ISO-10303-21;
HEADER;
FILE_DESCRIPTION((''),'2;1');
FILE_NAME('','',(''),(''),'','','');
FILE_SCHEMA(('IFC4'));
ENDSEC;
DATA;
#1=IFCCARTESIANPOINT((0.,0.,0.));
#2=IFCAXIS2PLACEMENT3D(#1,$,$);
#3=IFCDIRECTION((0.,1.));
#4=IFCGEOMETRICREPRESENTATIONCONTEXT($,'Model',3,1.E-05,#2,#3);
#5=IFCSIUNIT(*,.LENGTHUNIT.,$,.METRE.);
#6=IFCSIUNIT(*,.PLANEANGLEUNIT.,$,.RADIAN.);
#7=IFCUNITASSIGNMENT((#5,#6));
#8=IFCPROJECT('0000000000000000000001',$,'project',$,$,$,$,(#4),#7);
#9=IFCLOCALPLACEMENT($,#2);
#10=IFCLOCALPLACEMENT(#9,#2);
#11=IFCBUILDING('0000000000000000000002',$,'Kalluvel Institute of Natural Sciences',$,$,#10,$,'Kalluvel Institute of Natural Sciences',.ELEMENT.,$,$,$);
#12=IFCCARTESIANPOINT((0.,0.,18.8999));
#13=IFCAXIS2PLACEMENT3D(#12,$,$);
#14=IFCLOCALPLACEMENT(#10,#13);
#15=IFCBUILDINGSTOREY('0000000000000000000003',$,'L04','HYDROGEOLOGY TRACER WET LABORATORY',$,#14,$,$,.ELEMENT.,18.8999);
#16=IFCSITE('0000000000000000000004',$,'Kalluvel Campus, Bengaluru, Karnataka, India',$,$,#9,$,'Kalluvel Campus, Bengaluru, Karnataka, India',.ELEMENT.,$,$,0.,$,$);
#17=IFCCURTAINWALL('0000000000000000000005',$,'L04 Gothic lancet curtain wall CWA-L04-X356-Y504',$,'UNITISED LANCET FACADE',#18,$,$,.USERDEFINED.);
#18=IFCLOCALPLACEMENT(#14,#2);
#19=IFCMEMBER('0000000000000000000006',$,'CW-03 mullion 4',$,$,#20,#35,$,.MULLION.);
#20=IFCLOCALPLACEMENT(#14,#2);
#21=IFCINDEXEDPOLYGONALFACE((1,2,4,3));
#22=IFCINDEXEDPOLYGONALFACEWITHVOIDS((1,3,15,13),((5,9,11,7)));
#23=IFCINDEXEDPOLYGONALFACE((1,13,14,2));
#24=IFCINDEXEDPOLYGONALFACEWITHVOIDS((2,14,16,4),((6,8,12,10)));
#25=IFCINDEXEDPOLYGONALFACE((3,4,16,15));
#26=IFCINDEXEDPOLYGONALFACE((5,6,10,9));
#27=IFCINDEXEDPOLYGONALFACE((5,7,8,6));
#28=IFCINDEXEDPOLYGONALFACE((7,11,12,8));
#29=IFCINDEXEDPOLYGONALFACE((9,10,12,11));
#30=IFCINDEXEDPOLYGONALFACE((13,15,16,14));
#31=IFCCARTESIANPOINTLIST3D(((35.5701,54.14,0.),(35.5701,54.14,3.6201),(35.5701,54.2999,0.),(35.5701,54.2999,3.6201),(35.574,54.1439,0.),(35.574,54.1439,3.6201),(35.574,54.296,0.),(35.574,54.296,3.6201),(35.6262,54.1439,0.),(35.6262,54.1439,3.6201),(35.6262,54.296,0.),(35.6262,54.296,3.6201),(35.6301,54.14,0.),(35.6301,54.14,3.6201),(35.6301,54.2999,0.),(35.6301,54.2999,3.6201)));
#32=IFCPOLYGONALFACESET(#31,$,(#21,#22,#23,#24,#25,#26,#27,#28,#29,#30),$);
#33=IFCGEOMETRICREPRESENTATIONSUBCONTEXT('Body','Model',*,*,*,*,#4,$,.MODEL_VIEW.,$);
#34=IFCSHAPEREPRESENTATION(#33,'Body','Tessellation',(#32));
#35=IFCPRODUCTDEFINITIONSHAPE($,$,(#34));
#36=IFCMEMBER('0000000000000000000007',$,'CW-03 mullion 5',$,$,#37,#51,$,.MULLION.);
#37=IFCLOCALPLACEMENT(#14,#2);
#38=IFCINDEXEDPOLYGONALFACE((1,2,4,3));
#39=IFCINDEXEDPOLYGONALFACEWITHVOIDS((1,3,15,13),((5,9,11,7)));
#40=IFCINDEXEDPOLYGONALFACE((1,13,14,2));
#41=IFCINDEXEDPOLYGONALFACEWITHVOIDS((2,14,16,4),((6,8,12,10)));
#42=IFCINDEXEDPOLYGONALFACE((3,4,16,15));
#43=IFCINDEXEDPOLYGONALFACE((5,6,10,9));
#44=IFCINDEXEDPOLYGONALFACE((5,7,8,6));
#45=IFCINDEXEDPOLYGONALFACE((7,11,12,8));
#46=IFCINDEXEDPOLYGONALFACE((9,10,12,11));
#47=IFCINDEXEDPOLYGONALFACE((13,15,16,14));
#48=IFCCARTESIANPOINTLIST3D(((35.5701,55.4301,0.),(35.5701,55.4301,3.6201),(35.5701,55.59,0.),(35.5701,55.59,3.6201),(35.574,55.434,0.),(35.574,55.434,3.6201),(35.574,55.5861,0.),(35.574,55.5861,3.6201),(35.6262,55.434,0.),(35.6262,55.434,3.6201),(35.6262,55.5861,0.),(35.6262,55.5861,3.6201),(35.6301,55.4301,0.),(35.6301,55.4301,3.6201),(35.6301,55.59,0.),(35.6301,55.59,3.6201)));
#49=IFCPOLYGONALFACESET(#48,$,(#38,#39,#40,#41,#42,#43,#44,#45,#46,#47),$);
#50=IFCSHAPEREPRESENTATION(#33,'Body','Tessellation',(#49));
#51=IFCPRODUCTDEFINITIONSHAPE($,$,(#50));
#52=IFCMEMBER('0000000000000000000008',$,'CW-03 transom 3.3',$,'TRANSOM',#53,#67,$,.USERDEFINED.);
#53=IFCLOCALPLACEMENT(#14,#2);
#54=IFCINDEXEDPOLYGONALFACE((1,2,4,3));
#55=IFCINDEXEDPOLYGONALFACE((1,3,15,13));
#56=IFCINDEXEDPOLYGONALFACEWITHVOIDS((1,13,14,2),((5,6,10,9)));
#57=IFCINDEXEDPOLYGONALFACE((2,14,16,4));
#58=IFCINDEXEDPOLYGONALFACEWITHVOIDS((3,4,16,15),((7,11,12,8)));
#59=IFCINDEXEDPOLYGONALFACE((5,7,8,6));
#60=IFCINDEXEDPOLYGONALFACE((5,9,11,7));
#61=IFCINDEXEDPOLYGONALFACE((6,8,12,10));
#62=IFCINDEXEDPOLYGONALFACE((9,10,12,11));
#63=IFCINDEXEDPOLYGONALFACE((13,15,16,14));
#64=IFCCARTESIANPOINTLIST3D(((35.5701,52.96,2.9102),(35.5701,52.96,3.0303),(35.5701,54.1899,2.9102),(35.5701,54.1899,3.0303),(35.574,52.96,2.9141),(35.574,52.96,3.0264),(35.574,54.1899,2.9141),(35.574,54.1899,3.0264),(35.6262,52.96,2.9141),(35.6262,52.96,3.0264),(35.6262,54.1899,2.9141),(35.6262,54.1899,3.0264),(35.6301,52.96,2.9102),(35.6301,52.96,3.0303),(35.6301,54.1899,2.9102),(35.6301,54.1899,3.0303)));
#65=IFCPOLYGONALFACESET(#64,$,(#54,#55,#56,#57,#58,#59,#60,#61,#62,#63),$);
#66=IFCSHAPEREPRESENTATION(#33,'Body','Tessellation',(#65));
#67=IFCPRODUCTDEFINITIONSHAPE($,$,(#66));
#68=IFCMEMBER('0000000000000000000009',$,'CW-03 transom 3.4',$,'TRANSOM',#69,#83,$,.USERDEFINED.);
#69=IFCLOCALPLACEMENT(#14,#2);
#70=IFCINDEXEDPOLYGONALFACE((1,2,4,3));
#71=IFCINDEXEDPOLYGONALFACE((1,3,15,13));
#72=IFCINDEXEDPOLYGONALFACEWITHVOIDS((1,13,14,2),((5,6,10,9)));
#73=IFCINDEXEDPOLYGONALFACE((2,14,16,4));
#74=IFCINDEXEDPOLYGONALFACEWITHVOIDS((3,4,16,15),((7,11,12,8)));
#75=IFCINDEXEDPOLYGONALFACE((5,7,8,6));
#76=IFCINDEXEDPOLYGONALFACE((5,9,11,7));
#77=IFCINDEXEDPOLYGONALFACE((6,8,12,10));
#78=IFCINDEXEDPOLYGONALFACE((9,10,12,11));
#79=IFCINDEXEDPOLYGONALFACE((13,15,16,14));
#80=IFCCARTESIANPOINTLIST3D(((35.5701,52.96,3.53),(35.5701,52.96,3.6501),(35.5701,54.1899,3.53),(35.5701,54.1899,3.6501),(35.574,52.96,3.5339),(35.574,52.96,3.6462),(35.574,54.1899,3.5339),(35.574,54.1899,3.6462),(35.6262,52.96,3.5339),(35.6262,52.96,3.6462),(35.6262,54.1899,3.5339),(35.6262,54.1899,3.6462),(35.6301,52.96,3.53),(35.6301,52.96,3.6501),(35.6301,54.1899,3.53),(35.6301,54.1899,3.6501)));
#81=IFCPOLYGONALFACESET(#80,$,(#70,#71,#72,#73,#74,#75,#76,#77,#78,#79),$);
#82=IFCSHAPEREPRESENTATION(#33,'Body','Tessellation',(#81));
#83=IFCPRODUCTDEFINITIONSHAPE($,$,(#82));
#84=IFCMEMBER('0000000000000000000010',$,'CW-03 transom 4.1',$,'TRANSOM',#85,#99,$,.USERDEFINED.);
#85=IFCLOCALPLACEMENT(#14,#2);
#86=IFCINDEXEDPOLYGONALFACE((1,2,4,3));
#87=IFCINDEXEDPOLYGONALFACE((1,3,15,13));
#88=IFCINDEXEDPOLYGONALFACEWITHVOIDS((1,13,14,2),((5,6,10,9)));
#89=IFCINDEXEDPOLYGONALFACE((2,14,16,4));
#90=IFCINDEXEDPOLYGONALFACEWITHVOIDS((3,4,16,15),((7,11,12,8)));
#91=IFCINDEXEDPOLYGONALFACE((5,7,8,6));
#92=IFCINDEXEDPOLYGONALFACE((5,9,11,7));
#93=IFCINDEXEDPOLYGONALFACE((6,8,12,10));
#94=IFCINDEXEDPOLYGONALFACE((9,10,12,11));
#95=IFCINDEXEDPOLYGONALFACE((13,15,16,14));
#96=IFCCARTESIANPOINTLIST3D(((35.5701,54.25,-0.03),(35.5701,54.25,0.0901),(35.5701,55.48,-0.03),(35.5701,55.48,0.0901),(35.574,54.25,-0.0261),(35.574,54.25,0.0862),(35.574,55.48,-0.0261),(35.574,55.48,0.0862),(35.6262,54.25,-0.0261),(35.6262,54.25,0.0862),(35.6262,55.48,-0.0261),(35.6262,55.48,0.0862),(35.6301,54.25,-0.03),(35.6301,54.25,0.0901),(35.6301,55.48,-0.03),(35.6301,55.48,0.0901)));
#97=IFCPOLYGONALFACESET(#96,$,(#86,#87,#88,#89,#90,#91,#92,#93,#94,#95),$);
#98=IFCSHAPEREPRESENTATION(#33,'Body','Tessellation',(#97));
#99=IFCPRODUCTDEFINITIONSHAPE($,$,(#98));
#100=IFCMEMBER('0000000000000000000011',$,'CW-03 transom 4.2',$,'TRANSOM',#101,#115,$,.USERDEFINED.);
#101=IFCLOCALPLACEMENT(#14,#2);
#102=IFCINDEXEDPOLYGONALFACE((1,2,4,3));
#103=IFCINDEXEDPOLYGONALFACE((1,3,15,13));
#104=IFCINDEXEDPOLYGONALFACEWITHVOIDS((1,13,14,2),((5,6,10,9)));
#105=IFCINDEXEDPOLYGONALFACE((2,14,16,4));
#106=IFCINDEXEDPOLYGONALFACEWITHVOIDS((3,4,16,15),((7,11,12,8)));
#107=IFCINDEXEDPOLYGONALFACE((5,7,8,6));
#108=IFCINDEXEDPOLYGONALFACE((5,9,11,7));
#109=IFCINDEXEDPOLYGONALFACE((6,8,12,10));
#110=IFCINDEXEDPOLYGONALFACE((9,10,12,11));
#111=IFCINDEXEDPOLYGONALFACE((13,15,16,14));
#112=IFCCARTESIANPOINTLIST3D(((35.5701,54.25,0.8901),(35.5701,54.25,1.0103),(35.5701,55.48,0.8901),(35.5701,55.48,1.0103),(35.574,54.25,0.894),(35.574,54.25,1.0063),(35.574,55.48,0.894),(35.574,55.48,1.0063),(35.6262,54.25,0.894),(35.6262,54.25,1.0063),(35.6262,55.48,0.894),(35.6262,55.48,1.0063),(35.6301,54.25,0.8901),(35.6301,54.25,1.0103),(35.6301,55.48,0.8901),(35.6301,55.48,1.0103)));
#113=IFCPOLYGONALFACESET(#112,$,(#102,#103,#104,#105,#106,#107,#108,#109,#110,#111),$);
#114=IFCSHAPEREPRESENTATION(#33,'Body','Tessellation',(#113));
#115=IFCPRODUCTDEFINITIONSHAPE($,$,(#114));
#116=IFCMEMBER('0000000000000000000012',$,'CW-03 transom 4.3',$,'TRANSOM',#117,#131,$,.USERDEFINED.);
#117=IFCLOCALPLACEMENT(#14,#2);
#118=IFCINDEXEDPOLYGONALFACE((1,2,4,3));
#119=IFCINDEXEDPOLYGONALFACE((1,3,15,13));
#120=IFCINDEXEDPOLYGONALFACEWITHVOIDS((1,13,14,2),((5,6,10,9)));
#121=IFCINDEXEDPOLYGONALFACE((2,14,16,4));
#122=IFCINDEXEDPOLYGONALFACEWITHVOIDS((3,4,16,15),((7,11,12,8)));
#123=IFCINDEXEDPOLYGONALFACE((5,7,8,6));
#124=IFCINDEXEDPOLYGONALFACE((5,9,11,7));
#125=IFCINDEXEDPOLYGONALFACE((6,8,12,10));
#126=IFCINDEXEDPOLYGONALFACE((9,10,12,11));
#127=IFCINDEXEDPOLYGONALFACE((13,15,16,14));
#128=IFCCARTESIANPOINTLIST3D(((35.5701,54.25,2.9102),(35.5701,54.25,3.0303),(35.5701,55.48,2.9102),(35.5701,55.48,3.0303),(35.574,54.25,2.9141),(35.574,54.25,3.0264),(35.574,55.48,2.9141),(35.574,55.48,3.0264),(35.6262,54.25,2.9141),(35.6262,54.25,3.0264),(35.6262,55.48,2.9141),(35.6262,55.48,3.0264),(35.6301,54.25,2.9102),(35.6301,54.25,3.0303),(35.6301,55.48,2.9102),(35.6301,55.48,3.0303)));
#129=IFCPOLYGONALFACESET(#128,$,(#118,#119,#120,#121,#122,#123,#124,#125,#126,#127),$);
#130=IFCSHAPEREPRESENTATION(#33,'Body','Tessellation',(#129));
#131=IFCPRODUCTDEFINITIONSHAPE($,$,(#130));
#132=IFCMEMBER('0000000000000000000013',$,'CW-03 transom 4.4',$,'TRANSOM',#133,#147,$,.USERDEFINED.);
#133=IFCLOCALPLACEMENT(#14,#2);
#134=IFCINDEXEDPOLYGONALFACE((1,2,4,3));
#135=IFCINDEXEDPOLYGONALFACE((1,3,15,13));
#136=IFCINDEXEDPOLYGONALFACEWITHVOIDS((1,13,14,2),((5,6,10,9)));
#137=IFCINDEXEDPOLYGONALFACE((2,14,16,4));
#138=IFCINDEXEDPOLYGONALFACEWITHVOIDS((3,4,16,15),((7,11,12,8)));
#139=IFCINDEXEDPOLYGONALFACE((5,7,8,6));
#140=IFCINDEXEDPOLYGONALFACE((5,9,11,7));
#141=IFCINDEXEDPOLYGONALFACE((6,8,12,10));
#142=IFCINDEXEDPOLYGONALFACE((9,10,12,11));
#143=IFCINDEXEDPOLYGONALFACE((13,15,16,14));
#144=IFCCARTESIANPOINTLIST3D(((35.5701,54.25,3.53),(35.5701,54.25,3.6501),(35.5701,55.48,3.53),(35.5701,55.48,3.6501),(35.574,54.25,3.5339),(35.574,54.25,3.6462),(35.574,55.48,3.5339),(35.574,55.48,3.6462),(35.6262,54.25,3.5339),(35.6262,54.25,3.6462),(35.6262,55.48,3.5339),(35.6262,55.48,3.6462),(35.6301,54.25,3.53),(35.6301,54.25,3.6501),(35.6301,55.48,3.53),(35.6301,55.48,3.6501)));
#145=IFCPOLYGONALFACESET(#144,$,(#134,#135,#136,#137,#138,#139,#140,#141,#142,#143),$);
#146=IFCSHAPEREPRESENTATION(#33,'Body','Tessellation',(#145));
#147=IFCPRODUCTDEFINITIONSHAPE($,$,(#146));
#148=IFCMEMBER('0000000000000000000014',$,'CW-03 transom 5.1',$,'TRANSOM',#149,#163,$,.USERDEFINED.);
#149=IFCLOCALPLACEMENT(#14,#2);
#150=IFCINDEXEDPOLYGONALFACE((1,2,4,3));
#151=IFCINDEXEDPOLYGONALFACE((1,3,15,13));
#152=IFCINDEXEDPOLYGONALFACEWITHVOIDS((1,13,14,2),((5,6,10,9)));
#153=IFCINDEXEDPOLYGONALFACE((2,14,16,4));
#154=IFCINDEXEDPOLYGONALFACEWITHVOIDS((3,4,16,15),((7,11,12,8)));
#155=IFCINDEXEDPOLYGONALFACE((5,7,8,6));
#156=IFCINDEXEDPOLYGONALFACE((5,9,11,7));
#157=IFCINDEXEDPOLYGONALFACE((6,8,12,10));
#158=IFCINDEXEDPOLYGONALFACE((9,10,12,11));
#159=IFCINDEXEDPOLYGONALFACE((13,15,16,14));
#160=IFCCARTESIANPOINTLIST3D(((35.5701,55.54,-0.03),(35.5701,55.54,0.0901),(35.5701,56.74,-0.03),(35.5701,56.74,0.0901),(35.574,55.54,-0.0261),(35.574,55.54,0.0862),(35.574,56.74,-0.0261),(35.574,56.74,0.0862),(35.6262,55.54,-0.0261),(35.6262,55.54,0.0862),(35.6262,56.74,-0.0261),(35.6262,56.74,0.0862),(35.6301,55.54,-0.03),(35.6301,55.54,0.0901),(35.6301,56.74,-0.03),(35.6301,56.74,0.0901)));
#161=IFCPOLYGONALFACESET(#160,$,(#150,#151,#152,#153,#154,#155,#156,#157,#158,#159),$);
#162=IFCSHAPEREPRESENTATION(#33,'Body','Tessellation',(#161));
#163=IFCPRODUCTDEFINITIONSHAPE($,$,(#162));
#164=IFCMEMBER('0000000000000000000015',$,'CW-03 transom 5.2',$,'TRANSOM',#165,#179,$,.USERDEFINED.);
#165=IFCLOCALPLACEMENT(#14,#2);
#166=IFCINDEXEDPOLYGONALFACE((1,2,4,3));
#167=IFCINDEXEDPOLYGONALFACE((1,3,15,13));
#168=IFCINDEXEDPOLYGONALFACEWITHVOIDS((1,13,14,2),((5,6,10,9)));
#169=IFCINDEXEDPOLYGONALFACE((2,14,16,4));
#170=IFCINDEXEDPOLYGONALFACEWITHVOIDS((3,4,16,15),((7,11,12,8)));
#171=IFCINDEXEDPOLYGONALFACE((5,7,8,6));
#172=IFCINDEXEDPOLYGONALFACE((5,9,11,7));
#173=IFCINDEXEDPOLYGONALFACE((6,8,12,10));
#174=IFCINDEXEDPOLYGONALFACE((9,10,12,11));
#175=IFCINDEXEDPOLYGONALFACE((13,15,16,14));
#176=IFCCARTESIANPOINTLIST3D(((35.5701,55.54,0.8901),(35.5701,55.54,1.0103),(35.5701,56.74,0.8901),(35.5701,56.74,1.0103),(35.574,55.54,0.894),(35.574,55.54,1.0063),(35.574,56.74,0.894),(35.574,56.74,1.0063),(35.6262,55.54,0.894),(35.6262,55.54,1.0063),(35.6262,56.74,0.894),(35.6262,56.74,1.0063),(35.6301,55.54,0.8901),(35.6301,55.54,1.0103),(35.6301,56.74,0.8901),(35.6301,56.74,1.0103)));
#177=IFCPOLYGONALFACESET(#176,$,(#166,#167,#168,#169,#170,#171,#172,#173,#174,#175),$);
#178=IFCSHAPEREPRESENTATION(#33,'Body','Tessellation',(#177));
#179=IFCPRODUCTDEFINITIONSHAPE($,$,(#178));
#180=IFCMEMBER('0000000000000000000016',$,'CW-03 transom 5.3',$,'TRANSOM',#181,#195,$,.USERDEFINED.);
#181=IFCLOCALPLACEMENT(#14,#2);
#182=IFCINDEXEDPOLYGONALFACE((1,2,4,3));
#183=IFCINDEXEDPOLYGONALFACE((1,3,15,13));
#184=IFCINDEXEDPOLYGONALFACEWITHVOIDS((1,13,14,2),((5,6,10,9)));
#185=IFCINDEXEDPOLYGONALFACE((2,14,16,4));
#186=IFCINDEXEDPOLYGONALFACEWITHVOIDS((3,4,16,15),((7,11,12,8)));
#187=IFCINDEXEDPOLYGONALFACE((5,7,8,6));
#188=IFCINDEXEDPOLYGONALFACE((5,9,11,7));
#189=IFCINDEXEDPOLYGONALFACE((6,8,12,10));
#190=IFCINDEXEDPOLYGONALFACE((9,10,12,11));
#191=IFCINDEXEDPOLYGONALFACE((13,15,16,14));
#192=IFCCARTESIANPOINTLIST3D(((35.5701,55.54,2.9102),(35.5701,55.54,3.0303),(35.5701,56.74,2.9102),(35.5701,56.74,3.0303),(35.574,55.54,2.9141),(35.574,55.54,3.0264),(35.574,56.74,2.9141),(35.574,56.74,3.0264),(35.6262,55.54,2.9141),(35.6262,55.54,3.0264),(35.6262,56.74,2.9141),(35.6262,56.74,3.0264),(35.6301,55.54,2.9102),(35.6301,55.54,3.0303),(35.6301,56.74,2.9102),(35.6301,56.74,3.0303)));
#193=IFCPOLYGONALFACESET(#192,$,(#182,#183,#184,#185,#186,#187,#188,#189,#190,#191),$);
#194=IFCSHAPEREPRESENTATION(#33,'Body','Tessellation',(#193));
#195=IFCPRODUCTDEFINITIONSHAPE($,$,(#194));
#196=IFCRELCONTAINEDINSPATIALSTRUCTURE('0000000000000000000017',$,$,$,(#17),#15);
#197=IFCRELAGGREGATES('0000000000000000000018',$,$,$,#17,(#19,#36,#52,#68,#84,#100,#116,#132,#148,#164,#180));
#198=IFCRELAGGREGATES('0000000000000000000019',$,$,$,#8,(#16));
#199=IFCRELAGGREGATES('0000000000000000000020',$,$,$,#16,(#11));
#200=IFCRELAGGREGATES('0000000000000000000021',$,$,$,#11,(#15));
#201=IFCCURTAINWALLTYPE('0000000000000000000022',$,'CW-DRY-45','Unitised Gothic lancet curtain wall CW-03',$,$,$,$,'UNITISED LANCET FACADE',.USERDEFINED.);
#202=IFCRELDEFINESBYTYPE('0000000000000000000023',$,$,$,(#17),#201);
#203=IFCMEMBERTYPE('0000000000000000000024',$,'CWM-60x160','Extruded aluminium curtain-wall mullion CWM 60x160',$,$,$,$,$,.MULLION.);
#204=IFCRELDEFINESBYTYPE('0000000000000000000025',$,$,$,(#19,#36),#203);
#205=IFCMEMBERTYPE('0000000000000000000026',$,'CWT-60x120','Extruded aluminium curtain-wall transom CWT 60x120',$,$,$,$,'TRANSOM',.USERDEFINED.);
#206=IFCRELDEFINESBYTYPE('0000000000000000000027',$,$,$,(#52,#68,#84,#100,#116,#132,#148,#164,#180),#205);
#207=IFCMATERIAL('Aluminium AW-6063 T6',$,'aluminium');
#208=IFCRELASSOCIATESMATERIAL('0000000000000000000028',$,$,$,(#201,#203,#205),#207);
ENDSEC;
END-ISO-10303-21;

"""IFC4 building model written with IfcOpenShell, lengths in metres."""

from ifc_helpers import new_model, si_unit, direction, frame, origin, origin_2d, place, context, subcontext, project, spatial, hollow_rectangle, extrude, material, material_profile, profile_set, type_object, element, aggregate, save


model = new_model("IFC4")

# Units and contexts
model_context = context("Model", 3, precision=1e-05, world=origin(), true_north=direction((0.0, 1.0)))
body_context = subcontext(model_context, "Body", "Model", "MODEL_VIEW")
ifc_project = project(units=[si_unit("LENGTHUNIT", "METRE"), si_unit("PLANEANGLEUNIT", "RADIAN")], contexts=[model_context])

# Site, building, storey
site_placement = place(None, origin())
site = spatial("IfcSite", under=ifc_project, at=site_placement, Name="Kalluvel Campus, Bengaluru, Karnataka, India", LongName="Kalluvel Campus, Bengaluru, Karnataka, India", CompositionType="ELEMENT", RefElevation=0.0)
building_placement = place(site_placement, origin())
building = spatial("IfcBuilding", under=site, at=building_placement, Name="Kalluvel Institute of Natural Sciences", LongName="Kalluvel Institute of Natural Sciences", CompositionType="ELEMENT")
storey_placement = place(building_placement, frame((0.0, 0.0, 18.8999)))
storey = spatial("IfcBuildingStorey", under=building, at=storey_placement, Name="L04", Description="HYDROGEOLOGY TRACER WET LABORATORY", CompositionType="ELEMENT", Elevation=18.8999)

# Curtain wall, members
ifc_material_1 = material(Name="Aluminium AW-6063 T6", Category="aluminium")
curtain_wall_type = type_object("IfcCurtainWallType", Name="CW-DRY-45", Description="Unitised Gothic lancet curtain wall CW-03", ElementType="UNITISED LANCET FACADE", PredefinedType="USERDEFINED", material=ifc_material_1)
curtain_wall_placement = place(storey_placement, origin())
curtain_wall = element("IfcCurtainWall", 1, at=curtain_wall_placement, inside=storey, type_object=curtain_wall_type, Name="L04 Gothic lancet curtain wall CWA-L04-X356-Y504", ObjectType="UNITISED LANCET FACADE", PredefinedType="USERDEFINED")
ifc_material_profile_1 = material_profile(ifc_material_1, hollow_rectangle(XDim=0.0601, YDim=0.1599, WallThickness=0.0039, at=origin_2d()), Name="CWM 60x160")
ifc_profile_set_1 = profile_set([ifc_material_profile_1], Name="Aluminium AW-6063 T6")
member_type_1 = type_object("IfcMemberType", Name="CWM-60x160", Description="Extruded aluminium curtain-wall mullion CWM 60x160", PredefinedType="MULLION", material=ifc_profile_set_1)
member_1_placement = place(storey_placement, frame((35.6001, 54.22, 0.0), z_axis=(0.0, 0.0, 1.0), x_axis=(-1.0, 0.0, 0.0)))
member_1 = element("IfcMember", 2, at=member_1_placement, type_object=member_type_1, Name="CW-03 mullion 4", PredefinedType="MULLION", context=body_context, shape_type="SweptSolid", body=[
    extrude(hollow_rectangle(XDim=0.0601, YDim=0.1599, WallThickness=0.0039, at=origin_2d()), origin(), (0.0, 0.0, 1.0), 3.6201),
])
member_2_placement = place(storey_placement, frame((35.6001, 55.51, 0.0), z_axis=(0.0, 0.0, 1.0), x_axis=(-1.0, 0.0, 0.0)))
member_2 = element("IfcMember", 3, at=member_2_placement, type_object=member_type_1, Name="CW-03 mullion 5", PredefinedType="MULLION", context=body_context, shape_type="SweptSolid", body=[
    extrude(hollow_rectangle(XDim=0.0601, YDim=0.1599, WallThickness=0.0039, at=origin_2d()), origin(), (0.0, 0.0, 1.0), 3.6201),
])
ifc_material_profile_2 = material_profile(ifc_material_1, hollow_rectangle(XDim=0.0601, YDim=0.1201, WallThickness=0.0039, at=origin_2d()), Name="CWT 60x120")
ifc_profile_set_2 = profile_set([ifc_material_profile_2], Name="Aluminium AW-6063 T6")
member_type_2 = type_object("IfcMemberType", Name="CWT-60x120", Description="Extruded aluminium curtain-wall transom CWT 60x120", ElementType="TRANSOM", PredefinedType="USERDEFINED", material=ifc_profile_set_2)
member_3_placement = place(storey_placement, frame((35.6001, 52.96, 2.9702), z_axis=(0.0, 1.0, 0.0), x_axis=(-1.0, 0.0, 0.0)))
member_3 = element("IfcMember", 4, at=member_3_placement, type_object=member_type_2, Name="CW-03 transom 3.3", ObjectType="TRANSOM", PredefinedType="USERDEFINED", context=body_context, shape_type="SweptSolid", body=[
    extrude(hollow_rectangle(XDim=0.0601, YDim=0.1201, WallThickness=0.0039, at=origin_2d()), origin(), (0.0, 0.0, 1.0), 1.23),
])
member_4_placement = place(storey_placement, frame((35.6001, 52.96, 3.5901), z_axis=(0.0, 1.0, 0.0), x_axis=(-1.0, 0.0, 0.0)))
member_4 = element("IfcMember", 5, at=member_4_placement, type_object=member_type_2, Name="CW-03 transom 3.4", ObjectType="TRANSOM", PredefinedType="USERDEFINED", context=body_context, shape_type="SweptSolid", body=[
    extrude(hollow_rectangle(XDim=0.0601, YDim=0.1201, WallThickness=0.0039, at=origin_2d()), origin(), (0.0, 0.0, 1.0), 1.23),
])
member_5_placement = place(storey_placement, frame((35.6001, 54.25, 0.03), z_axis=(0.0, 1.0, 0.0), x_axis=(-1.0, 0.0, 0.0)))
member_5 = element("IfcMember", 6, at=member_5_placement, type_object=member_type_2, Name="CW-03 transom 4.1", ObjectType="TRANSOM", PredefinedType="USERDEFINED", context=body_context, shape_type="SweptSolid", body=[
    extrude(hollow_rectangle(XDim=0.0601, YDim=0.1201, WallThickness=0.0039, at=origin_2d()), origin(), (0.0, 0.0, 1.0), 1.23),
])
member_6_placement = place(storey_placement, frame((35.6001, 54.25, 0.9502), z_axis=(0.0, 1.0, 0.0), x_axis=(-1.0, 0.0, 0.0)))
member_6 = element("IfcMember", 7, at=member_6_placement, type_object=member_type_2, Name="CW-03 transom 4.2", ObjectType="TRANSOM", PredefinedType="USERDEFINED", context=body_context, shape_type="SweptSolid", body=[
    extrude(hollow_rectangle(XDim=0.0601, YDim=0.1201, WallThickness=0.0039, at=origin_2d()), origin(), (0.0, 0.0, 1.0), 1.23),
])
member_7_placement = place(storey_placement, frame((35.6001, 54.25, 2.9702), z_axis=(0.0, 1.0, 0.0), x_axis=(-1.0, 0.0, 0.0)))
member_7 = element("IfcMember", 8, at=member_7_placement, type_object=member_type_2, Name="CW-03 transom 4.3", ObjectType="TRANSOM", PredefinedType="USERDEFINED", context=body_context, shape_type="SweptSolid", body=[
    extrude(hollow_rectangle(XDim=0.0601, YDim=0.1201, WallThickness=0.0039, at=origin_2d()), origin(), (0.0, 0.0, 1.0), 1.23),
])
member_8_placement = place(storey_placement, frame((35.6001, 54.25, 3.5901), z_axis=(0.0, 1.0, 0.0), x_axis=(-1.0, 0.0, 0.0)))
member_8 = element("IfcMember", 9, at=member_8_placement, type_object=member_type_2, Name="CW-03 transom 4.4", ObjectType="TRANSOM", PredefinedType="USERDEFINED", context=body_context, shape_type="SweptSolid", body=[
    extrude(hollow_rectangle(XDim=0.0601, YDim=0.1201, WallThickness=0.0039, at=origin_2d()), origin(), (0.0, 0.0, 1.0), 1.23),
])
member_9_placement = place(storey_placement, frame((35.6001, 55.54, 0.03), z_axis=(0.0, 1.0, 0.0), x_axis=(-1.0, 0.0, 0.0)))
member_9 = element("IfcMember", 10, at=member_9_placement, type_object=member_type_2, Name="CW-03 transom 5.1", ObjectType="TRANSOM", PredefinedType="USERDEFINED", context=body_context, shape_type="SweptSolid", body=[
    extrude(hollow_rectangle(XDim=0.0601, YDim=0.1201, WallThickness=0.0039, at=origin_2d()), origin(), (0.0, 0.0, 1.0), 1.2),
])
member_10_placement = place(storey_placement, frame((35.6001, 55.54, 0.9502), z_axis=(0.0, 1.0, 0.0), x_axis=(-1.0, 0.0, 0.0)))
member_10 = element("IfcMember", 11, at=member_10_placement, type_object=member_type_2, Name="CW-03 transom 5.2", ObjectType="TRANSOM", PredefinedType="USERDEFINED", context=body_context, shape_type="SweptSolid", body=[
    extrude(hollow_rectangle(XDim=0.0601, YDim=0.1201, WallThickness=0.0039, at=origin_2d()), origin(), (0.0, 0.0, 1.0), 1.2),
])
member_11_placement = place(storey_placement, frame((35.6001, 55.54, 2.9702), z_axis=(0.0, 1.0, 0.0), x_axis=(-1.0, 0.0, 0.0)))
member_11 = element("IfcMember", 12, at=member_11_placement, type_object=member_type_2, Name="CW-03 transom 5.3", ObjectType="TRANSOM", PredefinedType="USERDEFINED", context=body_context, shape_type="SweptSolid", body=[
    extrude(hollow_rectangle(XDim=0.0601, YDim=0.1201, WallThickness=0.0039, at=origin_2d()), origin(), (0.0, 0.0, 1.0), 1.2),
])
aggregate(curtain_wall, [member_1, member_2, member_3, member_4, member_5, member_6, member_7, member_8, member_9, member_10, member_11])

save(model, "model.ifc")
